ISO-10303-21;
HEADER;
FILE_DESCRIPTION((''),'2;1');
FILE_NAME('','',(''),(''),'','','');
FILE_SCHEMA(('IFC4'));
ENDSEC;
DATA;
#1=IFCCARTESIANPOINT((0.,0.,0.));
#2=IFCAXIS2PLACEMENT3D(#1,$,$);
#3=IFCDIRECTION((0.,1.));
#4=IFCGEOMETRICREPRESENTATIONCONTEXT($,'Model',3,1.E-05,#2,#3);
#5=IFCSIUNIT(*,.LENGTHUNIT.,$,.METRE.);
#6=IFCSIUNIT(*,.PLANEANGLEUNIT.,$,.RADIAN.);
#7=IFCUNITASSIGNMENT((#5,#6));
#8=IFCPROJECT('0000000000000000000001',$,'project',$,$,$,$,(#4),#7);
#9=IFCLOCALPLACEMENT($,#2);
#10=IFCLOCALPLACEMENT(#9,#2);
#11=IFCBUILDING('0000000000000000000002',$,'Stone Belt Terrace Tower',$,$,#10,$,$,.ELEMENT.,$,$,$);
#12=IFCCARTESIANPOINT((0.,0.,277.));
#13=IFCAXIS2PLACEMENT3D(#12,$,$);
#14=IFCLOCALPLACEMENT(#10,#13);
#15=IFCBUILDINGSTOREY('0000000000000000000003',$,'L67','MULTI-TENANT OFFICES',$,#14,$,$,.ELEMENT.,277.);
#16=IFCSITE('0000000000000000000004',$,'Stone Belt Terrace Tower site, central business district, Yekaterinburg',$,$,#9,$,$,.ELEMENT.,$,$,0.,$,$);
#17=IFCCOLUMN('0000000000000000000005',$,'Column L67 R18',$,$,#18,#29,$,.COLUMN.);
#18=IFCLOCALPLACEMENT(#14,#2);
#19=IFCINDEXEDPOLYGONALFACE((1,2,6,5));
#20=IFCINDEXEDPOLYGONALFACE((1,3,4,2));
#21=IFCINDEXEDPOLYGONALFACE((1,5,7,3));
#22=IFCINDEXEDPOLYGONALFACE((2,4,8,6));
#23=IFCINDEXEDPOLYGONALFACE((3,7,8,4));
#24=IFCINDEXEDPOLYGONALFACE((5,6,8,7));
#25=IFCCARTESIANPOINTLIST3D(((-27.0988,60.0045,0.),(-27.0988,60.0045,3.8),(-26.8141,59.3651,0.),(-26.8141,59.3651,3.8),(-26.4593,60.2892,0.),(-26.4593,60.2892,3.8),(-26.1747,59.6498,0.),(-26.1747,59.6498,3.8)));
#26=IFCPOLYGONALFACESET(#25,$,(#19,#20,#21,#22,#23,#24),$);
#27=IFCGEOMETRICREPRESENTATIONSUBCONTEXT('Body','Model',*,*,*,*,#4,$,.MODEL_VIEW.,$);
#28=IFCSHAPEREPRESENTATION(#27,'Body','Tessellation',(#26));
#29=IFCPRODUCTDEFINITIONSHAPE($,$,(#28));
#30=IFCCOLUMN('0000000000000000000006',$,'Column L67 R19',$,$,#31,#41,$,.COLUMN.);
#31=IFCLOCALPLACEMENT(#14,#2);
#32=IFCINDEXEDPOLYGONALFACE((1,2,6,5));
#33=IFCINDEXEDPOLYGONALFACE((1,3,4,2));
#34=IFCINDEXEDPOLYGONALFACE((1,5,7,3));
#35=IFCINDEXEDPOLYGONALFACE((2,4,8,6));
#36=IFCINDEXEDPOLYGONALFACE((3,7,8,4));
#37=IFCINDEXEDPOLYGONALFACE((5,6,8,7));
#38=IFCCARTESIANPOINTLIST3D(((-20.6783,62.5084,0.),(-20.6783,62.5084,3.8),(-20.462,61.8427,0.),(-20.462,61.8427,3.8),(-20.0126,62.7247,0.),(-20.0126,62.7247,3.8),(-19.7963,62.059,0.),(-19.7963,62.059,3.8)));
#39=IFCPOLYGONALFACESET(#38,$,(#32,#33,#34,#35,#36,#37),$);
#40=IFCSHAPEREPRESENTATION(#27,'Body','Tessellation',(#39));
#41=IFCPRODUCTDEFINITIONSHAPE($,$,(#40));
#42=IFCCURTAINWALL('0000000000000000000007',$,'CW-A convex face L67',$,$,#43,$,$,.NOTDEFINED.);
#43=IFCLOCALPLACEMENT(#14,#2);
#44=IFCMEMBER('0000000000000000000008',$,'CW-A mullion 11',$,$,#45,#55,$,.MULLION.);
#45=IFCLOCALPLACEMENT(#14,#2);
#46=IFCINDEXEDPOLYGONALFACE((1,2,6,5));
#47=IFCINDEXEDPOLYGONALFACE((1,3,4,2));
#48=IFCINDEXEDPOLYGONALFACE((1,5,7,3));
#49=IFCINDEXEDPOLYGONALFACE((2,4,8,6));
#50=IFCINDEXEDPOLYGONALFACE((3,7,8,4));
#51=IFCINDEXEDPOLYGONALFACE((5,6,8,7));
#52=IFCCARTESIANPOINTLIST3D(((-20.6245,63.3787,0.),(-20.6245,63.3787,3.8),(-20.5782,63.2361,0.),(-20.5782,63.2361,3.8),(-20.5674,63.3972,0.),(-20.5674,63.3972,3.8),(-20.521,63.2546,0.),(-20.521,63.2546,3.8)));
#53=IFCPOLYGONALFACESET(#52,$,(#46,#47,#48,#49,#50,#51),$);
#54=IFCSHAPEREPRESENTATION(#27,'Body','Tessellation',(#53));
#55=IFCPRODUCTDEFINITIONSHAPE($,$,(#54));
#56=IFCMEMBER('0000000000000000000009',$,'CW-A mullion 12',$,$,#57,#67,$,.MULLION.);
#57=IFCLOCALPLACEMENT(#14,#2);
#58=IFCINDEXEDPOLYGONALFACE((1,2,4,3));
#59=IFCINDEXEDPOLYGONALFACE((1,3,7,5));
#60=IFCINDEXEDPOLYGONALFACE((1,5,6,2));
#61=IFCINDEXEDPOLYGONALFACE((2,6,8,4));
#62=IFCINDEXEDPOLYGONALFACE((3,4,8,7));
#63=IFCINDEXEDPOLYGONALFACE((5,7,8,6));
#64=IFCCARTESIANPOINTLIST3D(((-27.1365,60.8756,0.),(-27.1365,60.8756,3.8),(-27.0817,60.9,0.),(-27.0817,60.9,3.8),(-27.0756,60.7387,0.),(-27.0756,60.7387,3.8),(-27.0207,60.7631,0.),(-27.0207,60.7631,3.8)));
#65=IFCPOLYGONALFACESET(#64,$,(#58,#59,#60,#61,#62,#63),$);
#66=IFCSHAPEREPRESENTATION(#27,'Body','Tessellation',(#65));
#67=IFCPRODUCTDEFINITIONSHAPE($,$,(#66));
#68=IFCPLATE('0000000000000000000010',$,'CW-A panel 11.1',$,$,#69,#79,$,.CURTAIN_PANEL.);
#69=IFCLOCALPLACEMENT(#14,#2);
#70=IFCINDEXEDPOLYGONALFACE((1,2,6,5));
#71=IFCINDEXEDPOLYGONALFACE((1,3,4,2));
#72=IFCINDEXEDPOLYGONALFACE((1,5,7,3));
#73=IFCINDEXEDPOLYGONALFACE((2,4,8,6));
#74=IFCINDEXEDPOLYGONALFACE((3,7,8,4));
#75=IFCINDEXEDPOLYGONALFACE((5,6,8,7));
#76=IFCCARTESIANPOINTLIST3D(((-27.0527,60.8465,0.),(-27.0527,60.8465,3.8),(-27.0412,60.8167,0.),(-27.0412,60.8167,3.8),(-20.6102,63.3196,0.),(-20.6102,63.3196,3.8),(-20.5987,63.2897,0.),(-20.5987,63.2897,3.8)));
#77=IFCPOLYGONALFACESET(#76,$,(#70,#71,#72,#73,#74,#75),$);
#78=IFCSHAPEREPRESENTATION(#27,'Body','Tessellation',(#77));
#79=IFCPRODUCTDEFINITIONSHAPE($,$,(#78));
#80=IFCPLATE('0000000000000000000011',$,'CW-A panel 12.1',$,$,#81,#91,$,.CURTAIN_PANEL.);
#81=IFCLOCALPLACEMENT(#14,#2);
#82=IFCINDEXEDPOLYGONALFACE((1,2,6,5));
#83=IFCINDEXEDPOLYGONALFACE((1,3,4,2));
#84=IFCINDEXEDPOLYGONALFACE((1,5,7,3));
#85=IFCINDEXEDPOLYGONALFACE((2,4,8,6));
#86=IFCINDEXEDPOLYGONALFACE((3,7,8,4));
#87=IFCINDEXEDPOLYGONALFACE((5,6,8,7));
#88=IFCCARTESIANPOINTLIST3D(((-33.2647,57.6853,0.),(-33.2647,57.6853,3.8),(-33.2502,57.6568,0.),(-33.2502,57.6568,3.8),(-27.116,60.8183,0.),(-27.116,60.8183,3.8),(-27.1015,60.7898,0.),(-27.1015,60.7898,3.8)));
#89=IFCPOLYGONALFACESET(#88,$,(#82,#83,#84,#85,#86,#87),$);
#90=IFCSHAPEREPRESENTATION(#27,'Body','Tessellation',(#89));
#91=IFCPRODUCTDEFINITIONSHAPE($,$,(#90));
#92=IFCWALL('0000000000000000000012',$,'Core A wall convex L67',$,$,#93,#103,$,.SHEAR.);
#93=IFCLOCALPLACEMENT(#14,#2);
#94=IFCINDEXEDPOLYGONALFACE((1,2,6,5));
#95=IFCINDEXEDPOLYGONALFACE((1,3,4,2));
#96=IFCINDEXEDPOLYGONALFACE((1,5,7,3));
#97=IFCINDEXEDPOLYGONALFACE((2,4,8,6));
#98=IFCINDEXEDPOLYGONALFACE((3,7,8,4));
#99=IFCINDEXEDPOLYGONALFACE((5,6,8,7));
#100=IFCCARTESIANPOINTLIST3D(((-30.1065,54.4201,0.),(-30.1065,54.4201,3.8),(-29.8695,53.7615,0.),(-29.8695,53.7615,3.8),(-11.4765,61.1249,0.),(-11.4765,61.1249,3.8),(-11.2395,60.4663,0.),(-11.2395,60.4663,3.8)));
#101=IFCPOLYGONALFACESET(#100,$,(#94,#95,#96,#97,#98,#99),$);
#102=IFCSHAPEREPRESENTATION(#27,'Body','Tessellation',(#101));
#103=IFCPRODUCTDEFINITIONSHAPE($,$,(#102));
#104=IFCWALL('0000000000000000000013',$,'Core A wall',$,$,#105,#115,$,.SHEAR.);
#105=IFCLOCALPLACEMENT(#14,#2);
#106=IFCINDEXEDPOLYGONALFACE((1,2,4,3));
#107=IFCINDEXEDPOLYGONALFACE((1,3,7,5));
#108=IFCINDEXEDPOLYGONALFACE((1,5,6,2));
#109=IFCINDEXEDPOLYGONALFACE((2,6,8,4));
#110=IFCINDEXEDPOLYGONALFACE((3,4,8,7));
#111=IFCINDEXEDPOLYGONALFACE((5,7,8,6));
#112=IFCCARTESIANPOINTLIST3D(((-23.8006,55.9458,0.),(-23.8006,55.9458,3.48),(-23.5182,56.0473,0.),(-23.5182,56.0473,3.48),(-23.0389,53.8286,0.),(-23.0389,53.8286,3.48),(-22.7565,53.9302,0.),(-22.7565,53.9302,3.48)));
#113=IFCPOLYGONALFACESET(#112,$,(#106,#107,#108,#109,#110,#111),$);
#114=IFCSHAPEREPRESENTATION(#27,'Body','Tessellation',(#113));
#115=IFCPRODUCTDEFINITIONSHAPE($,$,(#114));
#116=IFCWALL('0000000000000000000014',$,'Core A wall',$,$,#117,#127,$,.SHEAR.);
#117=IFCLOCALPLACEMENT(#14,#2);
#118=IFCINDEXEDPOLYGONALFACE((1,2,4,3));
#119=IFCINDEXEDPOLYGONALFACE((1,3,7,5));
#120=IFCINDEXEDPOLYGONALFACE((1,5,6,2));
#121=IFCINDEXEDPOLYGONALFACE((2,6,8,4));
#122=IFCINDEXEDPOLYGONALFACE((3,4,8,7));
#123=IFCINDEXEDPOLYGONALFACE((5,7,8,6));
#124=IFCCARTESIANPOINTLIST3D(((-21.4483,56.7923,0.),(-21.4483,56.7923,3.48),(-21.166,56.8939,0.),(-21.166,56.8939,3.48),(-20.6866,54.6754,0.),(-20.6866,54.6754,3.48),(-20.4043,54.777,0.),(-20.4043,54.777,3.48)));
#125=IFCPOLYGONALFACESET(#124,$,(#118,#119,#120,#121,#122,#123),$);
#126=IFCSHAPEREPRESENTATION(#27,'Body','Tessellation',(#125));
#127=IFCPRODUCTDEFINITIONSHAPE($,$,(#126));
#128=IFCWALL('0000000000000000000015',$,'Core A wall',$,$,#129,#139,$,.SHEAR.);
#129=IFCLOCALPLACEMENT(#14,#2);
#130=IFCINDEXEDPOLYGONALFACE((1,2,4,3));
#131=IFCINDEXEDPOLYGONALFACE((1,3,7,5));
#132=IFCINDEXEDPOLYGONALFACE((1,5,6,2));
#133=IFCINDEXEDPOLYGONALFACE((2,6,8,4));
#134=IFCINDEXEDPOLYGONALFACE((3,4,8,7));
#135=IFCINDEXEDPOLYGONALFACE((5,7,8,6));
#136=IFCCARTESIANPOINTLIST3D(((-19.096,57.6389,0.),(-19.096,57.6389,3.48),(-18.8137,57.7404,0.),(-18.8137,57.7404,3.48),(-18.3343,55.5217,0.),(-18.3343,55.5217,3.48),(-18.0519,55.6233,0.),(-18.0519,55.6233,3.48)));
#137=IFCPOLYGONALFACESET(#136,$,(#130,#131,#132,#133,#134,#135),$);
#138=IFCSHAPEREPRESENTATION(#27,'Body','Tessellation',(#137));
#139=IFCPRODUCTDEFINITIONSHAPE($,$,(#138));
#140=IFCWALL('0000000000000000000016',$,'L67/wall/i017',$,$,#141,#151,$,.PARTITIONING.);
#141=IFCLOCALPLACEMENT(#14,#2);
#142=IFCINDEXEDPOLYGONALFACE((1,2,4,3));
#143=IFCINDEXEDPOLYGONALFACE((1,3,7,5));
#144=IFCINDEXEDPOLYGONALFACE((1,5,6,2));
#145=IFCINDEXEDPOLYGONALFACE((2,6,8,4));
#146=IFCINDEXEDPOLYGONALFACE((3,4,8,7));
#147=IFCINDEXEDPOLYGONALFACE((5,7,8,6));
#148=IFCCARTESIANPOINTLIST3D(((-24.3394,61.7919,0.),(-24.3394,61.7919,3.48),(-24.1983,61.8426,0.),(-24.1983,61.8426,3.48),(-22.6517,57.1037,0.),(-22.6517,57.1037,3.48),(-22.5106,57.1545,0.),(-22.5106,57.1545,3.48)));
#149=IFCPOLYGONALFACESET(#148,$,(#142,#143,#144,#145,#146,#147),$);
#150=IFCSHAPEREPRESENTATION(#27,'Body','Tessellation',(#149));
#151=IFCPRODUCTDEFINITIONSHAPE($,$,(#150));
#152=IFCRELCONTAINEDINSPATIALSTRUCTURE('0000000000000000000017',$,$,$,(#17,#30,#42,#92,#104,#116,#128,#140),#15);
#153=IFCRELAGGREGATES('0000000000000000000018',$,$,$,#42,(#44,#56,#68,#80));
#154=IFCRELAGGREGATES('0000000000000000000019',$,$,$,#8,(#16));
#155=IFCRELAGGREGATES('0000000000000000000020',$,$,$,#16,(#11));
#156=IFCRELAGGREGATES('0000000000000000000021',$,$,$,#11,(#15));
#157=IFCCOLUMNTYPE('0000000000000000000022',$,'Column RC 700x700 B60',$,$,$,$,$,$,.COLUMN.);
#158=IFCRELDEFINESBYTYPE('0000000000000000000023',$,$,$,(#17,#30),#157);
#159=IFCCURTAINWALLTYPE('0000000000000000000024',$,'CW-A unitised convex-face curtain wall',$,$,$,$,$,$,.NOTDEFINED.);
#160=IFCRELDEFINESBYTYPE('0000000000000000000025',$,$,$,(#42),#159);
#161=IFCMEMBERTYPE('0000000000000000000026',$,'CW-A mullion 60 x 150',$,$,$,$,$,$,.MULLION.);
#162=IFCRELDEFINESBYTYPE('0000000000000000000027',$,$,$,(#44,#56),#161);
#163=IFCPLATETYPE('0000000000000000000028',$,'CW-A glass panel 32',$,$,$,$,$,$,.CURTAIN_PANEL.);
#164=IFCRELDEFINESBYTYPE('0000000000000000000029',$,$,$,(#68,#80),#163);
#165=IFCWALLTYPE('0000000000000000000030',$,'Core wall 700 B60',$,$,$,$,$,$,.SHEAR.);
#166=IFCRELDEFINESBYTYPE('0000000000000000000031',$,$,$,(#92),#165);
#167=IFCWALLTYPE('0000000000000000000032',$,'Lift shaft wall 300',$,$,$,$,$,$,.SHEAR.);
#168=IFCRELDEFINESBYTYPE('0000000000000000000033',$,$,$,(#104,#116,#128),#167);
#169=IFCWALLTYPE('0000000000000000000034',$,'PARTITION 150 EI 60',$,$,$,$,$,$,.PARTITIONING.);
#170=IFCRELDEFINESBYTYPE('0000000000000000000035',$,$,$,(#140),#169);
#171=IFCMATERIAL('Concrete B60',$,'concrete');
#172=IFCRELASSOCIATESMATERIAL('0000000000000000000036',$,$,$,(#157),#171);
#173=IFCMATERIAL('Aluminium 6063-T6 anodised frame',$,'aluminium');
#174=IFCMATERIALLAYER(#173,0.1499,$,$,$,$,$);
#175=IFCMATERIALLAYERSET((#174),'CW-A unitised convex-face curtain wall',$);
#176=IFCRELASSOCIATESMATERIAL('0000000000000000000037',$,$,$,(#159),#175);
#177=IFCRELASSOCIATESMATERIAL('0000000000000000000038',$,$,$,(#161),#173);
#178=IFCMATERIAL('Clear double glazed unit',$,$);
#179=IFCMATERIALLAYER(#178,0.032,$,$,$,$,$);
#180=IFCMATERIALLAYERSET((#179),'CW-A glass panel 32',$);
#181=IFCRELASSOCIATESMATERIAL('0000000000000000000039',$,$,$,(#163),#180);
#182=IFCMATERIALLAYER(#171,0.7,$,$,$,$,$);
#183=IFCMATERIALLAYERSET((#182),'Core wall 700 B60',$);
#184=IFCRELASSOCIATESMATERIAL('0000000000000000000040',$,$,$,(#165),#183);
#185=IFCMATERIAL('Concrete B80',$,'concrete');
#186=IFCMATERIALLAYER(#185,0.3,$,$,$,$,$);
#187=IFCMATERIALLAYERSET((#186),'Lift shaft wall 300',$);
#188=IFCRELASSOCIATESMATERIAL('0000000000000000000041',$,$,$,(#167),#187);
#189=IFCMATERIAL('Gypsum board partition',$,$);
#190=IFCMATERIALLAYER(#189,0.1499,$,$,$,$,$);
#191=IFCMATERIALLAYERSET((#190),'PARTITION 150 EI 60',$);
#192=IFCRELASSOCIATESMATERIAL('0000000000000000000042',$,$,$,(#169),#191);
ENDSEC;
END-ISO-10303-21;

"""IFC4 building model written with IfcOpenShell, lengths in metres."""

from ifc_helpers import new_model, si_unit, direction, frame, frame_2d, origin, origin_2d, place, context, subcontext, project, spatial, rectangle, extrude, material, layer, layer_set, material_profile, profile_set, type_object, element, aggregate, save


model = new_model("IFC4")

# Units and contexts
model_context = context("Model", 3, precision=1e-05, world=origin(), true_north=direction((0.0, 1.0)))
body_context = subcontext(model_context, "Body", "Model", "MODEL_VIEW")
ifc_project = project(units=[si_unit("LENGTHUNIT", "METRE"), si_unit("PLANEANGLEUNIT", "RADIAN")], contexts=[model_context])

# Site, building, storey
site_placement = place(None, origin())
site = spatial("IfcSite", under=ifc_project, at=site_placement, Name="Stone Belt Terrace Tower site, central business district, Yekaterinburg", CompositionType="ELEMENT", RefElevation=0.0)
building_placement = place(site_placement, origin())
building = spatial("IfcBuilding", under=site, at=building_placement, Name="Stone Belt Terrace Tower", CompositionType="ELEMENT")
storey_placement = place(building_placement, frame((0.0, 0.0, 277.0)))
storey = spatial("IfcBuildingStorey", under=building, at=storey_placement, Name="L67", Description="MULTI-TENANT OFFICES", CompositionType="ELEMENT", Elevation=277.0)

# Columns
ifc_material_1 = material(Name="Concrete B60", Category="concrete")
ifc_material_profile_1 = material_profile(ifc_material_1, rectangle(XDim=0.7, YDim=0.7, at=origin_2d()), Name="RC 700x700")
ifc_profile_set_1 = profile_set([ifc_material_profile_1], Name="Concrete B60")
column_type = type_object("IfcColumnType", Name="Column RC 700x700 B60", PredefinedType="COLUMN", material=ifc_profile_set_1)
for number, where, z_axis, x_axis, name in (
    (1, (-26.6367, 59.8271, 0.0), (0.0, 0.0, 1.0), (0.913545, 0.406737, 0.0), "Column L67 R18"),
    (2, (-20.2373, 62.2837, 0.0), (0.0, 0.0, 1.0), (0.951057, 0.309017, 0.0), "Column L67 R19"),
):
    element("IfcColumn", number, at=place(storey_placement, frame(where, z_axis=z_axis, x_axis=x_axis)), inside=storey, type_object=column_type, Name=name, PredefinedType="COLUMN", context=body_context, shape_type="SweptSolid", body=[
        extrude(rectangle(XDim=0.7, YDim=0.7, at=origin_2d()), origin(), (0.0, 0.0, 1.0), 3.8),
    ])

# Curtain wall, members, plates
ifc_material_2 = material(Name="Aluminium 6063-T6 anodised frame", Category="aluminium")
ifc_layer_1 = layer(ifc_material_2, 0.1499)
ifc_layer_set_1 = layer_set([ifc_layer_1], Name="CW-A unitised convex-face curtain wall")
curtain_wall_type = type_object("IfcCurtainWallType", Name="CW-A unitised convex-face curtain wall", PredefinedType="NOTDEFINED", material=ifc_layer_set_1)
curtain_wall_placement = place(storey_placement, origin())
curtain_wall = element("IfcCurtainWall", 3, at=curtain_wall_placement, inside=storey, type_object=curtain_wall_type, Name="CW-A convex face L67", PredefinedType="NOTDEFINED")
ifc_material_profile_2 = material_profile(ifc_material_2, rectangle(XDim=0.1499, YDim=0.0601, at=origin_2d()), Name="Aluminium 6063-T6 60x150")
ifc_profile_set_2 = profile_set([ifc_material_profile_2], Name="Aluminium 6063-T6 anodised frame")
member_type = type_object("IfcMemberType", Name="CW-A mullion 60 x 150", PredefinedType="MULLION", material=ifc_profile_set_2)
member_1_placement = place(storey_placement, frame((-20.5728, 63.3167, 0.0), z_axis=(0.0, 0.0, 1.0), x_axis=(0.309017, -0.951057, 0.0)))
member_1 = element("IfcMember", 4, at=member_1_placement, type_object=member_type, Name="CW-A mullion 11", PredefinedType="MULLION", context=body_context, shape_type="SweptSolid", body=[
    extrude(rectangle(XDim=0.1499, YDim=0.0601, at=origin_2d()), origin(), (0.0, 0.0, 1.0), 3.8),
])
member_2_placement = place(storey_placement, frame((-27.0786, 60.8193, 0.0), z_axis=(0.0, 0.0, 1.0), x_axis=(0.406737, -0.913545, 0.0)))
member_2 = element("IfcMember", 5, at=member_2_placement, type_object=member_type, Name="CW-A mullion 12", PredefinedType="MULLION", context=body_context, shape_type="SweptSolid", body=[
    extrude(rectangle(XDim=0.1499, YDim=0.0601, at=origin_2d()), origin(), (0.0, 0.0, 1.0), 3.8),
])
ifc_material_3 = material(Name="Clear double glazed unit")
ifc_layer_2 = layer(ifc_material_3, 0.032)
ifc_layer_set_2 = layer_set([ifc_layer_2], Name="CW-A glass panel 32")
plate_type = type_object("IfcPlateType", Name="CW-A glass panel 32", PredefinedType="CURTAIN_PANEL", material=ifc_layer_set_2)
plate_1_placement = place(storey_placement, frame((-23.8257, 62.0681, 0.0), z_axis=(0.0, 0.0, 1.0), x_axis=(-0.93358, -0.358368, 0.0)))
plate_1 = element("IfcPlate", 6, at=plate_1_placement, type_object=plate_type, Name="CW-A panel 11.1", PredefinedType="CURTAIN_PANEL", context=body_context, shape_type="SweptSolid", body=[
    extrude(rectangle(XDim=6.9009, YDim=0.032, at=origin_2d()), origin(), (0.0, 0.0, 1.0), 3.8),
])
plate_2_placement = place(storey_placement, frame((-30.1831, 59.2375, 0.0), z_axis=(0.0, 0.0, 1.0), x_axis=(-0.891007, -0.45399, 0.0)))
plate_2 = element("IfcPlate", 7, at=plate_2_placement, type_object=plate_type, Name="CW-A panel 12.1", PredefinedType="CURTAIN_PANEL", context=body_context, shape_type="SweptSolid", body=[
    extrude(rectangle(XDim=6.9009, YDim=0.032, at=origin_2d()), origin(), (0.0, 0.0, 1.0), 3.8),
])
aggregate(curtain_wall, [member_1, member_2, plate_1, plate_2])

# Walls
ifc_layer_3 = layer(ifc_material_1, 0.7)
ifc_layer_set_3 = layer_set([ifc_layer_3], Name="Core wall 700 B60")
wall_type_1 = type_object("IfcWallType", Name="Core wall 700 B60", PredefinedType="SHEAR", material=ifc_layer_set_3)
wall_1_placement = place(storey_placement, frame((-29.988, 54.0908, 0.0), z_axis=(0.0, 0.0, 1.0), x_axis=(0.94092, 0.33863, 0.0)))
element("IfcWall", 8, at=wall_1_placement, inside=storey, type_object=wall_type_1, Name="Core A wall convex L67", PredefinedType="SHEAR", context=body_context, shape_type="SweptSolid", body=[
    extrude(rectangle(XDim=19.7998, YDim=0.7, at=frame_2d((9.8999, 0.0))), origin(), (0.0, 0.0, 1.0), 3.8),
])
ifc_material_4 = material(Name="Concrete B80", Category="concrete")
ifc_layer_4 = layer(ifc_material_4, 0.3)
ifc_layer_set_4 = layer_set([ifc_layer_4], Name="Lift shaft wall 300")
wall_type_2 = type_object("IfcWallType", Name="Lift shaft wall 300", PredefinedType="SHEAR", material=ifc_layer_set_4)
wall_2_placement = place(storey_placement, frame((-22.8977, 53.8794, 0.0), z_axis=(0.0, 0.0, 1.0), x_axis=(-0.338535, 0.940954, 0.0)))
element("IfcWall", 9, at=wall_2_placement, inside=storey, type_object=wall_type_2, Name="Core A wall", PredefinedType="SHEAR", context=body_context, shape_type="SweptSolid", body=[
    extrude(rectangle(XDim=2.25, YDim=0.3, at=frame_2d((1.125, 0.0))), origin(), (0.0, 0.0, 1.0), 3.48),
])
wall_3_placement = place(storey_placement, frame((-20.5454, 54.7261, 0.0), z_axis=(0.0, 0.0, 1.0), x_axis=(-0.33857, 0.940941, 0.0)))
element("IfcWall", 10, at=wall_3_placement, inside=storey, type_object=wall_type_2, Name="Core A wall", PredefinedType="SHEAR", context=body_context, shape_type="SweptSolid", body=[
    extrude(rectangle(XDim=2.2498, YDim=0.3, at=frame_2d((1.125, 0.0))), origin(), (0.0, 0.0, 1.0), 3.48),
])
wall_4_placement = place(storey_placement, frame((-18.1931, 55.5725, 0.0), z_axis=(0.0, 0.0, 1.0), x_axis=(-0.338535, 0.940954, 0.0)))
element("IfcWall", 11, at=wall_4_placement, inside=storey, type_object=wall_type_2, Name="Core A wall", PredefinedType="SHEAR", context=body_context, shape_type="SweptSolid", body=[
    extrude(rectangle(XDim=2.25, YDim=0.3, at=frame_2d((1.125, 0.0))), origin(), (0.0, 0.0, 1.0), 3.48),
])
ifc_material_5 = material(Name="Gypsum board partition")
ifc_layer_5 = layer(ifc_material_5, 0.1499)
ifc_layer_set_5 = layer_set([ifc_layer_5], Name="PARTITION 150 EI 60")
wall_type_3 = type_object("IfcWallType", Name="PARTITION 150 EI 60", PredefinedType="PARTITIONING", material=ifc_layer_set_5)
wall_5_placement = place(storey_placement, frame((-24.2688, 61.8171, 0.0), z_axis=(0.0, 0.0, 1.0), x_axis=(0.338716, -0.940889, 0.0)))
element("IfcWall", 12, at=wall_5_placement, inside=storey, type_object=wall_type_3, Name="L67/wall/i017", PredefinedType="PARTITIONING", context=body_context, shape_type="SweptSolid", body=[
    extrude(rectangle(XDim=4.9827, YDim=0.1499, at=frame_2d((2.4912, 0.0))), origin(), (0.0, 0.0, 1.0), 3.48),
])

save(model, "model.ifc")
